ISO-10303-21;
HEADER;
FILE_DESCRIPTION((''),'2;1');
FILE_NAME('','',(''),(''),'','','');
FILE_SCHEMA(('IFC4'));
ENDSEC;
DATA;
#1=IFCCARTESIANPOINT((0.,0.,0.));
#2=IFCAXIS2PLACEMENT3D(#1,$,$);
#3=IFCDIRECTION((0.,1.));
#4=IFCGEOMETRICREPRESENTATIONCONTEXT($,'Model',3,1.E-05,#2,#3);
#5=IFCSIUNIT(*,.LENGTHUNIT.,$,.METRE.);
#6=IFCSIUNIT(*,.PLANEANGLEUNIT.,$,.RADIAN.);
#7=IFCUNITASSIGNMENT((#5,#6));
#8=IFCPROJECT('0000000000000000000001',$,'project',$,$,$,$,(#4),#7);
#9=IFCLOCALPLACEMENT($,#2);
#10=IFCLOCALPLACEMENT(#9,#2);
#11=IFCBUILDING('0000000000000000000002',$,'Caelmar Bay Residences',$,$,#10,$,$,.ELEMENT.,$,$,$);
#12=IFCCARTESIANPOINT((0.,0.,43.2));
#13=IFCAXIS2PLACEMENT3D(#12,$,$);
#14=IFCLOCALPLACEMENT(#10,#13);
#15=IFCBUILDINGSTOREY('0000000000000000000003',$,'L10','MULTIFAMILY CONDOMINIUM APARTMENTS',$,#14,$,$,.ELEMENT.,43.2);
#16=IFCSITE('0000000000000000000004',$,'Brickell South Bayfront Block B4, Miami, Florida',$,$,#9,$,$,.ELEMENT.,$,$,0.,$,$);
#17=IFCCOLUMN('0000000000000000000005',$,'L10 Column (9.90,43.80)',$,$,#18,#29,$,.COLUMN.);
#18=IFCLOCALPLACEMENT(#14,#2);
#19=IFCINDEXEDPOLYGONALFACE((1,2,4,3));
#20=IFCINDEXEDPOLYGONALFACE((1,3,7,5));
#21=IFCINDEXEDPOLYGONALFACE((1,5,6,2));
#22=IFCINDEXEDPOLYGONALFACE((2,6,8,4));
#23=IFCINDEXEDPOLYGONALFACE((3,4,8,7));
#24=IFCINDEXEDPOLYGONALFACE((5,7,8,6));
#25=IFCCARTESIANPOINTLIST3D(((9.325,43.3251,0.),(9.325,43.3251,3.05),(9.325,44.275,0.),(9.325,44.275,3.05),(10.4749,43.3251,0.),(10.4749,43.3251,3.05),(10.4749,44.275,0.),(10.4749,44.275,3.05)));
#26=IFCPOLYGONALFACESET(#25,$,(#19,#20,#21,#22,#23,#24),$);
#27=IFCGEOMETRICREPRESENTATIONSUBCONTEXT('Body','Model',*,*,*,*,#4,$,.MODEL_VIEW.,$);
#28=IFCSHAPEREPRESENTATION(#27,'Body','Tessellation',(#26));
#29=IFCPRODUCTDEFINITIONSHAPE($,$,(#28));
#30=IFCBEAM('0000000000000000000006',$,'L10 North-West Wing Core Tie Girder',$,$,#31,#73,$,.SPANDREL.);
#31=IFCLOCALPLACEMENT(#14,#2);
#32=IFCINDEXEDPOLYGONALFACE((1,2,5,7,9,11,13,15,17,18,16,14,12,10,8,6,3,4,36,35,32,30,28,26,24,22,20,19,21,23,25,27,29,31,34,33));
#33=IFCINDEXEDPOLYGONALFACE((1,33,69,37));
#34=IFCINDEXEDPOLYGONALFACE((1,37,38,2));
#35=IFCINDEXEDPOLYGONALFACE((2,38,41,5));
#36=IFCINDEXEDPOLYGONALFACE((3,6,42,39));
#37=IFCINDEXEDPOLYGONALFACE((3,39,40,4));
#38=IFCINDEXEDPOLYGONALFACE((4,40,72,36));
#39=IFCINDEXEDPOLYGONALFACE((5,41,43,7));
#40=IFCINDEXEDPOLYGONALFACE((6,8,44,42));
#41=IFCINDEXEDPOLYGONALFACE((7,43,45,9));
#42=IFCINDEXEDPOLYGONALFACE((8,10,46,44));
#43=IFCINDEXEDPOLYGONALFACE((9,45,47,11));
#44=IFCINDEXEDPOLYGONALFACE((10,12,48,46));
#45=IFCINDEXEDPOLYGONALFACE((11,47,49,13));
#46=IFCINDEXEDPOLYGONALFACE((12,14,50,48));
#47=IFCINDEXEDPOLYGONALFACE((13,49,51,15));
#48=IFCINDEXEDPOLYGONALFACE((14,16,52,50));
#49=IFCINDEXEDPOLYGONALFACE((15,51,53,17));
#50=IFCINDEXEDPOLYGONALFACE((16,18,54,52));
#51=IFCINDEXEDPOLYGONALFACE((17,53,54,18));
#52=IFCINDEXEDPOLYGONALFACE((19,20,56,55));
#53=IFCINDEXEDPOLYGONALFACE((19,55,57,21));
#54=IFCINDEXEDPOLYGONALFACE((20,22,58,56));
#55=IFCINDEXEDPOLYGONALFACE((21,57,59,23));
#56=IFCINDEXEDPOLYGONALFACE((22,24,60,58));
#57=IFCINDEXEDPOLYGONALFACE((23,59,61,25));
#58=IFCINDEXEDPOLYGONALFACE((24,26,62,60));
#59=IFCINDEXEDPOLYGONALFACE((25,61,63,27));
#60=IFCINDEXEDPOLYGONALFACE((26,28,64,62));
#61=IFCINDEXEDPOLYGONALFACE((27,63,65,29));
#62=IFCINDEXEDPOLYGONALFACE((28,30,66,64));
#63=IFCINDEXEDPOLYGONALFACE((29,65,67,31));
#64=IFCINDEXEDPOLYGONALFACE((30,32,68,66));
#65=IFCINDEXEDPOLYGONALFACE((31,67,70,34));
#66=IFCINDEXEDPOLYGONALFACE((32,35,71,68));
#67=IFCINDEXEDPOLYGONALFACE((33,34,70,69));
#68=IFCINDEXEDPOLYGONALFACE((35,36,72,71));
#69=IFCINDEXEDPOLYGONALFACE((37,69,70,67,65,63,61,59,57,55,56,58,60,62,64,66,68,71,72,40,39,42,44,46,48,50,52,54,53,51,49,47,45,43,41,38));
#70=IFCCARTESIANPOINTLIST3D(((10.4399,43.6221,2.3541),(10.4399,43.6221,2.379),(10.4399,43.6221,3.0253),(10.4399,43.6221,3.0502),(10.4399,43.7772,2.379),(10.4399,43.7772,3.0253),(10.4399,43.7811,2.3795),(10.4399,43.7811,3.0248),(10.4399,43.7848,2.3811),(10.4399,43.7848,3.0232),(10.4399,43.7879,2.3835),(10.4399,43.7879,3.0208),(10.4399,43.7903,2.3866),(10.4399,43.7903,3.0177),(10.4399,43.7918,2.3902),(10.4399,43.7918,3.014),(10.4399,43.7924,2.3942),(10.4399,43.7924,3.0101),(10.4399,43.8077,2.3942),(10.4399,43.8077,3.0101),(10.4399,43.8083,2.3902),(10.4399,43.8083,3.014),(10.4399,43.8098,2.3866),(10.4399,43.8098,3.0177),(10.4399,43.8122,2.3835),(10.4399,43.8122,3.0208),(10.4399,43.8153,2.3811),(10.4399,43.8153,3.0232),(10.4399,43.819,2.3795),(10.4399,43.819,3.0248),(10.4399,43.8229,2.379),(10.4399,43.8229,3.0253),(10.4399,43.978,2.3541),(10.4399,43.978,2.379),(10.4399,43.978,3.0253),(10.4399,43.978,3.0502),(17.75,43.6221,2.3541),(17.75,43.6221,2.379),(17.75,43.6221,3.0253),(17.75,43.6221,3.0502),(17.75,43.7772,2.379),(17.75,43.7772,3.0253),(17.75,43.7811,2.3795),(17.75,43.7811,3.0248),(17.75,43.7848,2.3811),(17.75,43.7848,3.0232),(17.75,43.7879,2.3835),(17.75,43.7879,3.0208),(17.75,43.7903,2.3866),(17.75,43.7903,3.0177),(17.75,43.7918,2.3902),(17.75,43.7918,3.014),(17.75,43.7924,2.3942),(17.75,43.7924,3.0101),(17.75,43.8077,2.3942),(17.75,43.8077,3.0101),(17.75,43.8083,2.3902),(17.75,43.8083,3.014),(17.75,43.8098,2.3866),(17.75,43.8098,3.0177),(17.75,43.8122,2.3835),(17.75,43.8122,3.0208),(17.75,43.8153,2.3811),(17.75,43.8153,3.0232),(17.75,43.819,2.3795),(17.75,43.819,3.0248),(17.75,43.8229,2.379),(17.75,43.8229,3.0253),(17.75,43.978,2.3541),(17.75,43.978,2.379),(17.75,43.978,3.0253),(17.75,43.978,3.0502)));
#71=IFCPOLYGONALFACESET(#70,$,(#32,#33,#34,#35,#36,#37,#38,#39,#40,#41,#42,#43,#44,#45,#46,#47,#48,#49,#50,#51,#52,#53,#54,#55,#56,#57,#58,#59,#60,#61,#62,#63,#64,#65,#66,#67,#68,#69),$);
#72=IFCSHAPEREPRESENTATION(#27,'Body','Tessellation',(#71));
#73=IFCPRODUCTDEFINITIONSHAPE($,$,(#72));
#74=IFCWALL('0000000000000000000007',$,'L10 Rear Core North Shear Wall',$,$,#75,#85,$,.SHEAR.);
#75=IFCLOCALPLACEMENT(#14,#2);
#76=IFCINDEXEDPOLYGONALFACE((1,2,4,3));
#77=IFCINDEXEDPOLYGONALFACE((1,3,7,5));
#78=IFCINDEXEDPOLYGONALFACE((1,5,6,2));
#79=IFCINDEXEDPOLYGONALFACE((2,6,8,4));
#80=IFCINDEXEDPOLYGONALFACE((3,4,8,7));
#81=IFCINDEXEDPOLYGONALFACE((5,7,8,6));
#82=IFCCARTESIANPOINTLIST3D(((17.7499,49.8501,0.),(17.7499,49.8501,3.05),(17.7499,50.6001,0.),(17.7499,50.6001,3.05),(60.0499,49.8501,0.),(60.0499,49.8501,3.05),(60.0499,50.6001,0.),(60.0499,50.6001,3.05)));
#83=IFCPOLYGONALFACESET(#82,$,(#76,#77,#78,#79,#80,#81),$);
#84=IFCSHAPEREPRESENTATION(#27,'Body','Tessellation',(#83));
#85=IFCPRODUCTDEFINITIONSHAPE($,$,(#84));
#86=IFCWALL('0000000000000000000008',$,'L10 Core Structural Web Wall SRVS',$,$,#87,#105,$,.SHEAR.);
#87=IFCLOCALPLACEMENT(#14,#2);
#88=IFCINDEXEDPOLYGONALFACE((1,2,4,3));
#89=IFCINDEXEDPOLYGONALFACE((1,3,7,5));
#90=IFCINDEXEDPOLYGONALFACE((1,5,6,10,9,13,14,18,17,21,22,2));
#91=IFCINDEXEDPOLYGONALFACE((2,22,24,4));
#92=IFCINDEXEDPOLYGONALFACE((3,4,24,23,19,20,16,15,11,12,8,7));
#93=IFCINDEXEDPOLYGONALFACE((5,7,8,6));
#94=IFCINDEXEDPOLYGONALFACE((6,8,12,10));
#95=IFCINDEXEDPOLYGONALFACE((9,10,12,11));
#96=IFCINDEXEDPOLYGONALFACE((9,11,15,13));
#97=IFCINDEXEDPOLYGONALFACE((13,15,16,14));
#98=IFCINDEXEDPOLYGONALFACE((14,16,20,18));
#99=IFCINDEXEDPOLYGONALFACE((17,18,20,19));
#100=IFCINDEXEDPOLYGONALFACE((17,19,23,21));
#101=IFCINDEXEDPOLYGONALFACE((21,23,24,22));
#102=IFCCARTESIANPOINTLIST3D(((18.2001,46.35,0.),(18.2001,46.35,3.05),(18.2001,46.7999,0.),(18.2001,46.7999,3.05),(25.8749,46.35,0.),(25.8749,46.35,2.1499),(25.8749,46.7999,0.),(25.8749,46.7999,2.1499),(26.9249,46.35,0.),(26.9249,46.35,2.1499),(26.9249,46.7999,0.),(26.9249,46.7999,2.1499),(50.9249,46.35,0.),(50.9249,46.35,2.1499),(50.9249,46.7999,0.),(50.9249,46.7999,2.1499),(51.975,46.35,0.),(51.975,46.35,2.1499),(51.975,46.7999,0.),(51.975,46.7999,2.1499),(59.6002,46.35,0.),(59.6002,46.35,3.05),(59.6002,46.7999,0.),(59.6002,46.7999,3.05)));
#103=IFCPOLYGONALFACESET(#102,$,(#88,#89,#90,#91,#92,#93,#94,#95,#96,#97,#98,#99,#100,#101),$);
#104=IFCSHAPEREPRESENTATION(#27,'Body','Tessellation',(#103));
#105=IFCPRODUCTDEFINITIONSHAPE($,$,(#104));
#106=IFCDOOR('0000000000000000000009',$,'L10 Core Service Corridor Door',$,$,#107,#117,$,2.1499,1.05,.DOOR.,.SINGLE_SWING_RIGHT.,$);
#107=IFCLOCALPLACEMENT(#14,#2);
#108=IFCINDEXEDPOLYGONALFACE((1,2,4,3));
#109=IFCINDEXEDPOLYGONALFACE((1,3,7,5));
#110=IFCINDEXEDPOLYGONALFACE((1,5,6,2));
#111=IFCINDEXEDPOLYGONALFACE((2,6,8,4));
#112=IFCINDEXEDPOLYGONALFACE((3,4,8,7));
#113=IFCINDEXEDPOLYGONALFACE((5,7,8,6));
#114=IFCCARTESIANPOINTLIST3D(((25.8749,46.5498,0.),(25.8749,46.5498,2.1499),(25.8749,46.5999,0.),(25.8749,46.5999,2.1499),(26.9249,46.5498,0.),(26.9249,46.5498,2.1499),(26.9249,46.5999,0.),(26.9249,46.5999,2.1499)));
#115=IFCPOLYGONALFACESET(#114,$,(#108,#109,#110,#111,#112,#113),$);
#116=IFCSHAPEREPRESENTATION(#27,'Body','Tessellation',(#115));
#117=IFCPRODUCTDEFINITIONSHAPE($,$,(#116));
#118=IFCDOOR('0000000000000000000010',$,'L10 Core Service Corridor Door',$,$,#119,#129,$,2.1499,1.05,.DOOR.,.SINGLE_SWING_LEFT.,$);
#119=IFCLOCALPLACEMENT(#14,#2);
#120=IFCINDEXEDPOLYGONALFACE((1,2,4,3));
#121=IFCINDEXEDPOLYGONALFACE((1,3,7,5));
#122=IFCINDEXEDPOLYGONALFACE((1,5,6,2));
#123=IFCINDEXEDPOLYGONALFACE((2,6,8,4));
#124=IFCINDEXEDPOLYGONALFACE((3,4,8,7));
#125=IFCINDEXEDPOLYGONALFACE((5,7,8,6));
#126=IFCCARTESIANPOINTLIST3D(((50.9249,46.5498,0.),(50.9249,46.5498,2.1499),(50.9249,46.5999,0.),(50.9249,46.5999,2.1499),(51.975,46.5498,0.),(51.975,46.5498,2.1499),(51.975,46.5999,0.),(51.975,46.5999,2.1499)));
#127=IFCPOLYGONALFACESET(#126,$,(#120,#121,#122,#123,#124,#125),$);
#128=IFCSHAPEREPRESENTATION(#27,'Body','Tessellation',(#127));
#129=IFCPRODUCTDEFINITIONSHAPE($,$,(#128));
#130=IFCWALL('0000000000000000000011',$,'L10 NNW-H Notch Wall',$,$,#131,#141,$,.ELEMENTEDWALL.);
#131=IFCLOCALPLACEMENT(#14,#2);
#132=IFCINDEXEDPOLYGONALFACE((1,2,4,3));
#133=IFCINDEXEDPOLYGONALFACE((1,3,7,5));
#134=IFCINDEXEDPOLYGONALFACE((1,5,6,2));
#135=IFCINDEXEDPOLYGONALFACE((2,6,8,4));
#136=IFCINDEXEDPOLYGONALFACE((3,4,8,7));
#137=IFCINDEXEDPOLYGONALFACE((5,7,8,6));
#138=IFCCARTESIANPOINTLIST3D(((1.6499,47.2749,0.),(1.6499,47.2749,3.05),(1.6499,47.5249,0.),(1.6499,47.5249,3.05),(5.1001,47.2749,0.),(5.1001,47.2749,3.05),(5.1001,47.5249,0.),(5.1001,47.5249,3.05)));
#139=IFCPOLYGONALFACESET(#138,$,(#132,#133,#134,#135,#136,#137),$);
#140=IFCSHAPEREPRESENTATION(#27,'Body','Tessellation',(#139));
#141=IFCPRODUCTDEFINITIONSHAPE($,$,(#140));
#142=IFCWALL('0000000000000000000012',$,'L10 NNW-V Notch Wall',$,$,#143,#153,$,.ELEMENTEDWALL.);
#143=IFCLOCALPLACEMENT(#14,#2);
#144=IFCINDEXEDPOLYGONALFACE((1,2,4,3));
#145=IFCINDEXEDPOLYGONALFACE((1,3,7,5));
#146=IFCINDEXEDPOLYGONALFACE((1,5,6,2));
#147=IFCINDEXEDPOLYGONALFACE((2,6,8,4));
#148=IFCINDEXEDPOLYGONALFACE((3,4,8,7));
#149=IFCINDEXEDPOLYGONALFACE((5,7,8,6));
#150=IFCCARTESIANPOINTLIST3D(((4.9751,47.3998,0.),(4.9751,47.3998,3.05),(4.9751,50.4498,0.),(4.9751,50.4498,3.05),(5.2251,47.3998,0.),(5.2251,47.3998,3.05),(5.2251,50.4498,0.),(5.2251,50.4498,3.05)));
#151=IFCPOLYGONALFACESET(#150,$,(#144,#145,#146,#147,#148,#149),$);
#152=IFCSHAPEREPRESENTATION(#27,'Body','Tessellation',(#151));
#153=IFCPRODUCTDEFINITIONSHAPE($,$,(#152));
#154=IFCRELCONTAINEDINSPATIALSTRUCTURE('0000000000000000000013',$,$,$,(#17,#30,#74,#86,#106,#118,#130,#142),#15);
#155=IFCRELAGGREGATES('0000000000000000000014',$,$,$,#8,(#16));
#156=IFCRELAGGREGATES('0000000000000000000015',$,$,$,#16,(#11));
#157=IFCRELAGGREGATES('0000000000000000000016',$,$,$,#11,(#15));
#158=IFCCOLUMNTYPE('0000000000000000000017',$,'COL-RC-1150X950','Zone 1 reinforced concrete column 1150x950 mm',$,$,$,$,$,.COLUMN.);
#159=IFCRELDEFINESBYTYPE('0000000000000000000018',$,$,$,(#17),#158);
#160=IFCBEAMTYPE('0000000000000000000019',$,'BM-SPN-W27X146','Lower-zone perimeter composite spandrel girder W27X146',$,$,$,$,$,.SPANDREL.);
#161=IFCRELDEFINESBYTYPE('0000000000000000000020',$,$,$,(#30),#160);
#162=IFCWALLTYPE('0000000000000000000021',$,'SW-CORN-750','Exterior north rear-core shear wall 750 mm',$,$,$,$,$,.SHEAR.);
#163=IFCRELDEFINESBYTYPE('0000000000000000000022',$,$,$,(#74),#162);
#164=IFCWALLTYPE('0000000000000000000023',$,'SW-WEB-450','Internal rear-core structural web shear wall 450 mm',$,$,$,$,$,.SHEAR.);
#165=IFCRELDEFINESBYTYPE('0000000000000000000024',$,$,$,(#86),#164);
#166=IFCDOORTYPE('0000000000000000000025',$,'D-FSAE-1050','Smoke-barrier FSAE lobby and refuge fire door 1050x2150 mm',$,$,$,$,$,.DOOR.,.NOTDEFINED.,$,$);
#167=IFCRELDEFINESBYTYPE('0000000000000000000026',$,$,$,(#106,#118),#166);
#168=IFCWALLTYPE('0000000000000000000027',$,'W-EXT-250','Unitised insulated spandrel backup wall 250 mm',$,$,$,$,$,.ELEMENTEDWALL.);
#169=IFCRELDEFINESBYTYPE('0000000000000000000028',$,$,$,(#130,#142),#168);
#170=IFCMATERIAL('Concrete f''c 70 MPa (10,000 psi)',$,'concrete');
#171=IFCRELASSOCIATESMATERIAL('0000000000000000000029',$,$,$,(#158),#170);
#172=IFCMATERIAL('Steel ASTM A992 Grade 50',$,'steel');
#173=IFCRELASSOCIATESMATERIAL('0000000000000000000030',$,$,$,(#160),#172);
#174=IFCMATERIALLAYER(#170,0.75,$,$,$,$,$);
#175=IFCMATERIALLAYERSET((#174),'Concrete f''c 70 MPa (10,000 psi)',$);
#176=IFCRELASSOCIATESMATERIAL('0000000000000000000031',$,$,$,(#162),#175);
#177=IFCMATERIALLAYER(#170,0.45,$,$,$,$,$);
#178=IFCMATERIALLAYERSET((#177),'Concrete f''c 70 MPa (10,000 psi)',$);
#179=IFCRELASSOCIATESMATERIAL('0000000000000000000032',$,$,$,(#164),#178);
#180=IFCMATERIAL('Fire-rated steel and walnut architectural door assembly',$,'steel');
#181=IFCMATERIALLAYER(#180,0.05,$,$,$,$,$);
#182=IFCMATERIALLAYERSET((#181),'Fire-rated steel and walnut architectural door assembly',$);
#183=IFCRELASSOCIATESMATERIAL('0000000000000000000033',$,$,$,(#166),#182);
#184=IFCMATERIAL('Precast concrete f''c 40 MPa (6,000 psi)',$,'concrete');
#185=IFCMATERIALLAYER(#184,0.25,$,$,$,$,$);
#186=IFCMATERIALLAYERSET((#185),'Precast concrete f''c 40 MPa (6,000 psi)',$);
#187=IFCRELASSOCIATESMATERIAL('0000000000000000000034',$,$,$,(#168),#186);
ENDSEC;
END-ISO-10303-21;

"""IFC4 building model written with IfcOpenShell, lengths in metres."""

from ifc_helpers import new_model, si_unit, direction, frame, frame_2d, origin, origin_2d, place, context, subcontext, project, spatial, rectangle, i_section, extrude, material, layer, layer_set, material_profile, profile_set, type_object, element, fill, save


model = new_model("IFC4")

# Units and contexts
model_context = context("Model", 3, precision=1e-05, world=origin(), true_north=direction((0.0, 1.0)))
body_context = subcontext(model_context, "Body", "Model", "MODEL_VIEW")
ifc_project = project(units=[si_unit("LENGTHUNIT", "METRE"), si_unit("PLANEANGLEUNIT", "RADIAN")], contexts=[model_context])

# Site, building, storey
site_placement = place(None, origin())
site = spatial("IfcSite", under=ifc_project, at=site_placement, Name="Brickell South Bayfront Block B4, Miami, Florida", CompositionType="ELEMENT", RefElevation=0.0)
building_placement = place(site_placement, origin())
building = spatial("IfcBuilding", under=site, at=building_placement, Name="Caelmar Bay Residences", CompositionType="ELEMENT")
storey_placement = place(building_placement, frame((0.0, 0.0, 43.2)))
storey = spatial("IfcBuildingStorey", under=building, at=storey_placement, Name="L10", Description="MULTIFAMILY CONDOMINIUM APARTMENTS", CompositionType="ELEMENT", Elevation=43.2)

# Column
ifc_material_1 = material(Name="Concrete f'c 70 MPa (10,000 psi)", Category="concrete")
ifc_material_profile_1 = material_profile(ifc_material_1, rectangle(XDim=1.1499, YDim=0.95, at=origin_2d()), Name="RC-COL-1150X950")
ifc_profile_set_1 = profile_set([ifc_material_profile_1], Name="Concrete f'c 70 MPa (10,000 psi)")
column_type = type_object("IfcColumnType", Name="COL-RC-1150X950", Description="Zone 1 reinforced concrete column 1150x950 mm", PredefinedType="COLUMN", material=ifc_profile_set_1)
column_placement = place(storey_placement, frame((9.8999, 43.8, 0.0), z_axis=(0.0, 0.0, 1.0), x_axis=(1.0, 0.0, 0.0)))
element("IfcColumn", 1, at=column_placement, inside=storey, type_object=column_type, Name="L10 Column (9.90,43.80)", PredefinedType="COLUMN", context=body_context, shape_type="SweptSolid", body=[
    extrude(rectangle(XDim=1.1499, YDim=0.95, at=origin_2d()), origin(), (0.0, 0.0, 1.0), 3.05),
])

# Beam
ifc_material_2 = material(Name="Steel ASTM A992 Grade 50", Category="steel")
ifc_material_profile_2 = material_profile(ifc_material_2, i_section(OverallWidth=0.356, OverallDepth=0.696, WebThickness=0.0154, FlangeThickness=0.0249, FilletRadius=0.0151, at=origin_2d()), Name="W27X146")
ifc_profile_set_2 = profile_set([ifc_material_profile_2], Name="Steel ASTM A992 Grade 50")
beam_type = type_object("IfcBeamType", Name="BM-SPN-W27X146", Description="Lower-zone perimeter composite spandrel girder W27X146", PredefinedType="SPANDREL", material=ifc_profile_set_2)
beam_placement = place(storey_placement, frame((10.4399, 43.8, 2.7021), z_axis=(1.0, 0.0, 0.0), x_axis=(0.0, 1.0, 0.0)))
element("IfcBeam", 2, at=beam_placement, inside=storey, type_object=beam_type, Name="L10 North-West Wing Core Tie Girder", PredefinedType="SPANDREL", context=body_context, shape_type="SweptSolid", body=[
    extrude(i_section(OverallWidth=0.356, OverallDepth=0.696, WebThickness=0.0154, FlangeThickness=0.0249, FilletRadius=0.0151, at=origin_2d()), origin(), (0.0, 0.0, 1.0), 7.3101),
])

# Wall
ifc_layer_1 = layer(ifc_material_1, 0.75)
ifc_layer_set_1 = layer_set([ifc_layer_1], Name="Concrete f'c 70 MPa (10,000 psi)")
wall_type_1 = type_object("IfcWallType", Name="SW-CORN-750", Description="Exterior north rear-core shear wall 750 mm", PredefinedType="SHEAR", material=ifc_layer_set_1)
wall_1_placement = place(storey_placement, frame((17.75, 50.2251, 0.0), z_axis=(0.0, 0.0, 1.0), x_axis=(1.0, 0.0, 0.0)))
element("IfcWall", 3, at=wall_1_placement, inside=storey, type_object=wall_type_1, Name="L10 Rear Core North Shear Wall", PredefinedType="SHEAR", context=body_context, shape_type="SweptSolid", body=[
    extrude(rectangle(XDim=42.3, YDim=0.75, at=frame_2d((21.1499, 0.0))), origin(), (0.0, 0.0, 1.0), 3.05),
])

# Wall, openings, doors
ifc_layer_2 = layer(ifc_material_1, 0.45)
ifc_layer_set_2 = layer_set([ifc_layer_2], Name="Concrete f'c 70 MPa (10,000 psi)")
wall_type_2 = type_object("IfcWallType", Name="SW-WEB-450", Description="Internal rear-core structural web shear wall 450 mm", PredefinedType="SHEAR", material=ifc_layer_set_2)
wall_2_placement = place(storey_placement, frame((18.2, 46.575, 0.0), z_axis=(0.0, 0.0, 1.0), x_axis=(1.0, 0.0, 0.0)))
wall_2 = element("IfcWall", 4, at=wall_2_placement, inside=storey, type_object=wall_type_2, Name="L10 Core Structural Web Wall SRVS", PredefinedType="SHEAR", context=body_context, shape_type="SweptSolid", body=[
    extrude(rectangle(XDim=41.4001, YDim=0.45, at=frame_2d((20.7002, 0.0))), origin(), (0.0, 0.0, 1.0), 3.05),
])
opening_1_placement = place(wall_2_placement, frame((7.675, 0.0, 0.0)))
opening_1 = element("IfcOpeningElement", 5, at=opening_1_placement, cuts=wall_2, PredefinedType="OPENING", context=body_context, shape_type="SweptSolid", body=[
    extrude(rectangle(XDim=1.05, YDim=2.1499, at=frame_2d((0.5249, 1.075))), frame((0.0, 0.2349, 0.0), z_axis=(0.0, -1.0, 0.0), x_axis=(1.0, 0.0, 0.0)), (0.0, 0.0, 1.0), 0.47),
])
opening_2_placement = place(wall_2_placement, frame((32.7251, 0.0, 0.0)))
opening_2 = element("IfcOpeningElement", 6, at=opening_2_placement, cuts=wall_2, PredefinedType="OPENING", context=body_context, shape_type="SweptSolid", body=[
    extrude(rectangle(XDim=1.05, YDim=2.1499, at=frame_2d((0.5249, 1.075))), frame((0.0, 0.2349, 0.0), z_axis=(0.0, -1.0, 0.0), x_axis=(1.0, 0.0, 0.0)), (0.0, 0.0, 1.0), 0.47),
])
ifc_material_3 = material(Name="Fire-rated steel and walnut architectural door assembly", Category="steel")
ifc_layer_3 = layer(ifc_material_3, 0.05)
ifc_layer_set_3 = layer_set([ifc_layer_3], Name="Fire-rated steel and walnut architectural door assembly")
door_type_1 = type_object("IfcDoorType", Name="D-FSAE-1050", Description="Smoke-barrier FSAE lobby and refuge fire door 1050x2150 mm", OperationType="NOTDEFINED", PredefinedType="DOOR", material=ifc_layer_set_3)
door_1_placement = place(opening_1_placement, origin())
door_1 = element("IfcDoor", 7, at=door_1_placement, inside=storey, type_object=door_type_1, Name="L10 Core Service Corridor Door", OperationType="SINGLE_SWING_RIGHT", OverallHeight=2.1499, OverallWidth=1.05, PredefinedType="DOOR", context=body_context, shape_type="SweptSolid", body=[
    extrude(rectangle(XDim=1.05, YDim=2.1499, at=frame_2d((0.5249, 1.075))), frame((0.0, 0.0249, 0.0), z_axis=(0.0, -1.0, 0.0), x_axis=(1.0, 0.0, 0.0)), (0.0, 0.0, 1.0), 0.05),
])
fill(opening_1, door_1)
door_2_placement = place(opening_2_placement, origin())
door_2 = element("IfcDoor", 8, at=door_2_placement, inside=storey, type_object=door_type_1, Name="L10 Core Service Corridor Door", OperationType="SINGLE_SWING_LEFT", OverallHeight=2.1499, OverallWidth=1.05, PredefinedType="DOOR", context=body_context, shape_type="SweptSolid", body=[
    extrude(rectangle(XDim=1.05, YDim=2.1499, at=frame_2d((0.5249, 1.075))), frame((0.0, 0.0249, 0.0), z_axis=(0.0, -1.0, 0.0), x_axis=(1.0, 0.0, 0.0)), (0.0, 0.0, 1.0), 0.05),
])
fill(opening_2, door_2)

# Walls
ifc_material_4 = material(Name="Precast concrete f'c 40 MPa (6,000 psi)", Category="concrete")
ifc_layer_4 = layer(ifc_material_4, 0.25)
ifc_layer_set_4 = layer_set([ifc_layer_4], Name="Precast concrete f'c 40 MPa (6,000 psi)")
wall_type_3 = type_object("IfcWallType", Name="W-EXT-250", Description="Unitised insulated spandrel backup wall 250 mm", PredefinedType="ELEMENTEDWALL", material=ifc_layer_set_4)
wall_3_placement = place(storey_placement, frame((1.6499, 47.3999, 0.0), z_axis=(0.0, 0.0, 1.0), x_axis=(1.0, 0.0, 0.0)))
element("IfcWall", 9, at=wall_3_placement, inside=storey, type_object=wall_type_3, Name="L10 NNW-H Notch Wall", PredefinedType="ELEMENTEDWALL", context=body_context, shape_type="SweptSolid", body=[
    extrude(rectangle(XDim=3.4502, YDim=0.25, at=frame_2d((1.7251, 0.0))), origin(), (0.0, 0.0, 1.0), 3.05),
])
wall_4_placement = place(storey_placement, frame((5.1001, 47.3999, 0.0), z_axis=(0.0, 0.0, 1.0), x_axis=(0.0, 1.0, 0.0)))
element("IfcWall", 10, at=wall_4_placement, inside=storey, type_object=wall_type_3, Name="L10 NNW-V Notch Wall", PredefinedType="ELEMENTEDWALL", context=body_context, shape_type="SweptSolid", body=[
    extrude(rectangle(XDim=3.05, YDim=0.25, at=frame_2d((1.5249, 0.0))), origin(), (0.0, 0.0, 1.0), 3.05),
])

save(model, "model.ifc")
